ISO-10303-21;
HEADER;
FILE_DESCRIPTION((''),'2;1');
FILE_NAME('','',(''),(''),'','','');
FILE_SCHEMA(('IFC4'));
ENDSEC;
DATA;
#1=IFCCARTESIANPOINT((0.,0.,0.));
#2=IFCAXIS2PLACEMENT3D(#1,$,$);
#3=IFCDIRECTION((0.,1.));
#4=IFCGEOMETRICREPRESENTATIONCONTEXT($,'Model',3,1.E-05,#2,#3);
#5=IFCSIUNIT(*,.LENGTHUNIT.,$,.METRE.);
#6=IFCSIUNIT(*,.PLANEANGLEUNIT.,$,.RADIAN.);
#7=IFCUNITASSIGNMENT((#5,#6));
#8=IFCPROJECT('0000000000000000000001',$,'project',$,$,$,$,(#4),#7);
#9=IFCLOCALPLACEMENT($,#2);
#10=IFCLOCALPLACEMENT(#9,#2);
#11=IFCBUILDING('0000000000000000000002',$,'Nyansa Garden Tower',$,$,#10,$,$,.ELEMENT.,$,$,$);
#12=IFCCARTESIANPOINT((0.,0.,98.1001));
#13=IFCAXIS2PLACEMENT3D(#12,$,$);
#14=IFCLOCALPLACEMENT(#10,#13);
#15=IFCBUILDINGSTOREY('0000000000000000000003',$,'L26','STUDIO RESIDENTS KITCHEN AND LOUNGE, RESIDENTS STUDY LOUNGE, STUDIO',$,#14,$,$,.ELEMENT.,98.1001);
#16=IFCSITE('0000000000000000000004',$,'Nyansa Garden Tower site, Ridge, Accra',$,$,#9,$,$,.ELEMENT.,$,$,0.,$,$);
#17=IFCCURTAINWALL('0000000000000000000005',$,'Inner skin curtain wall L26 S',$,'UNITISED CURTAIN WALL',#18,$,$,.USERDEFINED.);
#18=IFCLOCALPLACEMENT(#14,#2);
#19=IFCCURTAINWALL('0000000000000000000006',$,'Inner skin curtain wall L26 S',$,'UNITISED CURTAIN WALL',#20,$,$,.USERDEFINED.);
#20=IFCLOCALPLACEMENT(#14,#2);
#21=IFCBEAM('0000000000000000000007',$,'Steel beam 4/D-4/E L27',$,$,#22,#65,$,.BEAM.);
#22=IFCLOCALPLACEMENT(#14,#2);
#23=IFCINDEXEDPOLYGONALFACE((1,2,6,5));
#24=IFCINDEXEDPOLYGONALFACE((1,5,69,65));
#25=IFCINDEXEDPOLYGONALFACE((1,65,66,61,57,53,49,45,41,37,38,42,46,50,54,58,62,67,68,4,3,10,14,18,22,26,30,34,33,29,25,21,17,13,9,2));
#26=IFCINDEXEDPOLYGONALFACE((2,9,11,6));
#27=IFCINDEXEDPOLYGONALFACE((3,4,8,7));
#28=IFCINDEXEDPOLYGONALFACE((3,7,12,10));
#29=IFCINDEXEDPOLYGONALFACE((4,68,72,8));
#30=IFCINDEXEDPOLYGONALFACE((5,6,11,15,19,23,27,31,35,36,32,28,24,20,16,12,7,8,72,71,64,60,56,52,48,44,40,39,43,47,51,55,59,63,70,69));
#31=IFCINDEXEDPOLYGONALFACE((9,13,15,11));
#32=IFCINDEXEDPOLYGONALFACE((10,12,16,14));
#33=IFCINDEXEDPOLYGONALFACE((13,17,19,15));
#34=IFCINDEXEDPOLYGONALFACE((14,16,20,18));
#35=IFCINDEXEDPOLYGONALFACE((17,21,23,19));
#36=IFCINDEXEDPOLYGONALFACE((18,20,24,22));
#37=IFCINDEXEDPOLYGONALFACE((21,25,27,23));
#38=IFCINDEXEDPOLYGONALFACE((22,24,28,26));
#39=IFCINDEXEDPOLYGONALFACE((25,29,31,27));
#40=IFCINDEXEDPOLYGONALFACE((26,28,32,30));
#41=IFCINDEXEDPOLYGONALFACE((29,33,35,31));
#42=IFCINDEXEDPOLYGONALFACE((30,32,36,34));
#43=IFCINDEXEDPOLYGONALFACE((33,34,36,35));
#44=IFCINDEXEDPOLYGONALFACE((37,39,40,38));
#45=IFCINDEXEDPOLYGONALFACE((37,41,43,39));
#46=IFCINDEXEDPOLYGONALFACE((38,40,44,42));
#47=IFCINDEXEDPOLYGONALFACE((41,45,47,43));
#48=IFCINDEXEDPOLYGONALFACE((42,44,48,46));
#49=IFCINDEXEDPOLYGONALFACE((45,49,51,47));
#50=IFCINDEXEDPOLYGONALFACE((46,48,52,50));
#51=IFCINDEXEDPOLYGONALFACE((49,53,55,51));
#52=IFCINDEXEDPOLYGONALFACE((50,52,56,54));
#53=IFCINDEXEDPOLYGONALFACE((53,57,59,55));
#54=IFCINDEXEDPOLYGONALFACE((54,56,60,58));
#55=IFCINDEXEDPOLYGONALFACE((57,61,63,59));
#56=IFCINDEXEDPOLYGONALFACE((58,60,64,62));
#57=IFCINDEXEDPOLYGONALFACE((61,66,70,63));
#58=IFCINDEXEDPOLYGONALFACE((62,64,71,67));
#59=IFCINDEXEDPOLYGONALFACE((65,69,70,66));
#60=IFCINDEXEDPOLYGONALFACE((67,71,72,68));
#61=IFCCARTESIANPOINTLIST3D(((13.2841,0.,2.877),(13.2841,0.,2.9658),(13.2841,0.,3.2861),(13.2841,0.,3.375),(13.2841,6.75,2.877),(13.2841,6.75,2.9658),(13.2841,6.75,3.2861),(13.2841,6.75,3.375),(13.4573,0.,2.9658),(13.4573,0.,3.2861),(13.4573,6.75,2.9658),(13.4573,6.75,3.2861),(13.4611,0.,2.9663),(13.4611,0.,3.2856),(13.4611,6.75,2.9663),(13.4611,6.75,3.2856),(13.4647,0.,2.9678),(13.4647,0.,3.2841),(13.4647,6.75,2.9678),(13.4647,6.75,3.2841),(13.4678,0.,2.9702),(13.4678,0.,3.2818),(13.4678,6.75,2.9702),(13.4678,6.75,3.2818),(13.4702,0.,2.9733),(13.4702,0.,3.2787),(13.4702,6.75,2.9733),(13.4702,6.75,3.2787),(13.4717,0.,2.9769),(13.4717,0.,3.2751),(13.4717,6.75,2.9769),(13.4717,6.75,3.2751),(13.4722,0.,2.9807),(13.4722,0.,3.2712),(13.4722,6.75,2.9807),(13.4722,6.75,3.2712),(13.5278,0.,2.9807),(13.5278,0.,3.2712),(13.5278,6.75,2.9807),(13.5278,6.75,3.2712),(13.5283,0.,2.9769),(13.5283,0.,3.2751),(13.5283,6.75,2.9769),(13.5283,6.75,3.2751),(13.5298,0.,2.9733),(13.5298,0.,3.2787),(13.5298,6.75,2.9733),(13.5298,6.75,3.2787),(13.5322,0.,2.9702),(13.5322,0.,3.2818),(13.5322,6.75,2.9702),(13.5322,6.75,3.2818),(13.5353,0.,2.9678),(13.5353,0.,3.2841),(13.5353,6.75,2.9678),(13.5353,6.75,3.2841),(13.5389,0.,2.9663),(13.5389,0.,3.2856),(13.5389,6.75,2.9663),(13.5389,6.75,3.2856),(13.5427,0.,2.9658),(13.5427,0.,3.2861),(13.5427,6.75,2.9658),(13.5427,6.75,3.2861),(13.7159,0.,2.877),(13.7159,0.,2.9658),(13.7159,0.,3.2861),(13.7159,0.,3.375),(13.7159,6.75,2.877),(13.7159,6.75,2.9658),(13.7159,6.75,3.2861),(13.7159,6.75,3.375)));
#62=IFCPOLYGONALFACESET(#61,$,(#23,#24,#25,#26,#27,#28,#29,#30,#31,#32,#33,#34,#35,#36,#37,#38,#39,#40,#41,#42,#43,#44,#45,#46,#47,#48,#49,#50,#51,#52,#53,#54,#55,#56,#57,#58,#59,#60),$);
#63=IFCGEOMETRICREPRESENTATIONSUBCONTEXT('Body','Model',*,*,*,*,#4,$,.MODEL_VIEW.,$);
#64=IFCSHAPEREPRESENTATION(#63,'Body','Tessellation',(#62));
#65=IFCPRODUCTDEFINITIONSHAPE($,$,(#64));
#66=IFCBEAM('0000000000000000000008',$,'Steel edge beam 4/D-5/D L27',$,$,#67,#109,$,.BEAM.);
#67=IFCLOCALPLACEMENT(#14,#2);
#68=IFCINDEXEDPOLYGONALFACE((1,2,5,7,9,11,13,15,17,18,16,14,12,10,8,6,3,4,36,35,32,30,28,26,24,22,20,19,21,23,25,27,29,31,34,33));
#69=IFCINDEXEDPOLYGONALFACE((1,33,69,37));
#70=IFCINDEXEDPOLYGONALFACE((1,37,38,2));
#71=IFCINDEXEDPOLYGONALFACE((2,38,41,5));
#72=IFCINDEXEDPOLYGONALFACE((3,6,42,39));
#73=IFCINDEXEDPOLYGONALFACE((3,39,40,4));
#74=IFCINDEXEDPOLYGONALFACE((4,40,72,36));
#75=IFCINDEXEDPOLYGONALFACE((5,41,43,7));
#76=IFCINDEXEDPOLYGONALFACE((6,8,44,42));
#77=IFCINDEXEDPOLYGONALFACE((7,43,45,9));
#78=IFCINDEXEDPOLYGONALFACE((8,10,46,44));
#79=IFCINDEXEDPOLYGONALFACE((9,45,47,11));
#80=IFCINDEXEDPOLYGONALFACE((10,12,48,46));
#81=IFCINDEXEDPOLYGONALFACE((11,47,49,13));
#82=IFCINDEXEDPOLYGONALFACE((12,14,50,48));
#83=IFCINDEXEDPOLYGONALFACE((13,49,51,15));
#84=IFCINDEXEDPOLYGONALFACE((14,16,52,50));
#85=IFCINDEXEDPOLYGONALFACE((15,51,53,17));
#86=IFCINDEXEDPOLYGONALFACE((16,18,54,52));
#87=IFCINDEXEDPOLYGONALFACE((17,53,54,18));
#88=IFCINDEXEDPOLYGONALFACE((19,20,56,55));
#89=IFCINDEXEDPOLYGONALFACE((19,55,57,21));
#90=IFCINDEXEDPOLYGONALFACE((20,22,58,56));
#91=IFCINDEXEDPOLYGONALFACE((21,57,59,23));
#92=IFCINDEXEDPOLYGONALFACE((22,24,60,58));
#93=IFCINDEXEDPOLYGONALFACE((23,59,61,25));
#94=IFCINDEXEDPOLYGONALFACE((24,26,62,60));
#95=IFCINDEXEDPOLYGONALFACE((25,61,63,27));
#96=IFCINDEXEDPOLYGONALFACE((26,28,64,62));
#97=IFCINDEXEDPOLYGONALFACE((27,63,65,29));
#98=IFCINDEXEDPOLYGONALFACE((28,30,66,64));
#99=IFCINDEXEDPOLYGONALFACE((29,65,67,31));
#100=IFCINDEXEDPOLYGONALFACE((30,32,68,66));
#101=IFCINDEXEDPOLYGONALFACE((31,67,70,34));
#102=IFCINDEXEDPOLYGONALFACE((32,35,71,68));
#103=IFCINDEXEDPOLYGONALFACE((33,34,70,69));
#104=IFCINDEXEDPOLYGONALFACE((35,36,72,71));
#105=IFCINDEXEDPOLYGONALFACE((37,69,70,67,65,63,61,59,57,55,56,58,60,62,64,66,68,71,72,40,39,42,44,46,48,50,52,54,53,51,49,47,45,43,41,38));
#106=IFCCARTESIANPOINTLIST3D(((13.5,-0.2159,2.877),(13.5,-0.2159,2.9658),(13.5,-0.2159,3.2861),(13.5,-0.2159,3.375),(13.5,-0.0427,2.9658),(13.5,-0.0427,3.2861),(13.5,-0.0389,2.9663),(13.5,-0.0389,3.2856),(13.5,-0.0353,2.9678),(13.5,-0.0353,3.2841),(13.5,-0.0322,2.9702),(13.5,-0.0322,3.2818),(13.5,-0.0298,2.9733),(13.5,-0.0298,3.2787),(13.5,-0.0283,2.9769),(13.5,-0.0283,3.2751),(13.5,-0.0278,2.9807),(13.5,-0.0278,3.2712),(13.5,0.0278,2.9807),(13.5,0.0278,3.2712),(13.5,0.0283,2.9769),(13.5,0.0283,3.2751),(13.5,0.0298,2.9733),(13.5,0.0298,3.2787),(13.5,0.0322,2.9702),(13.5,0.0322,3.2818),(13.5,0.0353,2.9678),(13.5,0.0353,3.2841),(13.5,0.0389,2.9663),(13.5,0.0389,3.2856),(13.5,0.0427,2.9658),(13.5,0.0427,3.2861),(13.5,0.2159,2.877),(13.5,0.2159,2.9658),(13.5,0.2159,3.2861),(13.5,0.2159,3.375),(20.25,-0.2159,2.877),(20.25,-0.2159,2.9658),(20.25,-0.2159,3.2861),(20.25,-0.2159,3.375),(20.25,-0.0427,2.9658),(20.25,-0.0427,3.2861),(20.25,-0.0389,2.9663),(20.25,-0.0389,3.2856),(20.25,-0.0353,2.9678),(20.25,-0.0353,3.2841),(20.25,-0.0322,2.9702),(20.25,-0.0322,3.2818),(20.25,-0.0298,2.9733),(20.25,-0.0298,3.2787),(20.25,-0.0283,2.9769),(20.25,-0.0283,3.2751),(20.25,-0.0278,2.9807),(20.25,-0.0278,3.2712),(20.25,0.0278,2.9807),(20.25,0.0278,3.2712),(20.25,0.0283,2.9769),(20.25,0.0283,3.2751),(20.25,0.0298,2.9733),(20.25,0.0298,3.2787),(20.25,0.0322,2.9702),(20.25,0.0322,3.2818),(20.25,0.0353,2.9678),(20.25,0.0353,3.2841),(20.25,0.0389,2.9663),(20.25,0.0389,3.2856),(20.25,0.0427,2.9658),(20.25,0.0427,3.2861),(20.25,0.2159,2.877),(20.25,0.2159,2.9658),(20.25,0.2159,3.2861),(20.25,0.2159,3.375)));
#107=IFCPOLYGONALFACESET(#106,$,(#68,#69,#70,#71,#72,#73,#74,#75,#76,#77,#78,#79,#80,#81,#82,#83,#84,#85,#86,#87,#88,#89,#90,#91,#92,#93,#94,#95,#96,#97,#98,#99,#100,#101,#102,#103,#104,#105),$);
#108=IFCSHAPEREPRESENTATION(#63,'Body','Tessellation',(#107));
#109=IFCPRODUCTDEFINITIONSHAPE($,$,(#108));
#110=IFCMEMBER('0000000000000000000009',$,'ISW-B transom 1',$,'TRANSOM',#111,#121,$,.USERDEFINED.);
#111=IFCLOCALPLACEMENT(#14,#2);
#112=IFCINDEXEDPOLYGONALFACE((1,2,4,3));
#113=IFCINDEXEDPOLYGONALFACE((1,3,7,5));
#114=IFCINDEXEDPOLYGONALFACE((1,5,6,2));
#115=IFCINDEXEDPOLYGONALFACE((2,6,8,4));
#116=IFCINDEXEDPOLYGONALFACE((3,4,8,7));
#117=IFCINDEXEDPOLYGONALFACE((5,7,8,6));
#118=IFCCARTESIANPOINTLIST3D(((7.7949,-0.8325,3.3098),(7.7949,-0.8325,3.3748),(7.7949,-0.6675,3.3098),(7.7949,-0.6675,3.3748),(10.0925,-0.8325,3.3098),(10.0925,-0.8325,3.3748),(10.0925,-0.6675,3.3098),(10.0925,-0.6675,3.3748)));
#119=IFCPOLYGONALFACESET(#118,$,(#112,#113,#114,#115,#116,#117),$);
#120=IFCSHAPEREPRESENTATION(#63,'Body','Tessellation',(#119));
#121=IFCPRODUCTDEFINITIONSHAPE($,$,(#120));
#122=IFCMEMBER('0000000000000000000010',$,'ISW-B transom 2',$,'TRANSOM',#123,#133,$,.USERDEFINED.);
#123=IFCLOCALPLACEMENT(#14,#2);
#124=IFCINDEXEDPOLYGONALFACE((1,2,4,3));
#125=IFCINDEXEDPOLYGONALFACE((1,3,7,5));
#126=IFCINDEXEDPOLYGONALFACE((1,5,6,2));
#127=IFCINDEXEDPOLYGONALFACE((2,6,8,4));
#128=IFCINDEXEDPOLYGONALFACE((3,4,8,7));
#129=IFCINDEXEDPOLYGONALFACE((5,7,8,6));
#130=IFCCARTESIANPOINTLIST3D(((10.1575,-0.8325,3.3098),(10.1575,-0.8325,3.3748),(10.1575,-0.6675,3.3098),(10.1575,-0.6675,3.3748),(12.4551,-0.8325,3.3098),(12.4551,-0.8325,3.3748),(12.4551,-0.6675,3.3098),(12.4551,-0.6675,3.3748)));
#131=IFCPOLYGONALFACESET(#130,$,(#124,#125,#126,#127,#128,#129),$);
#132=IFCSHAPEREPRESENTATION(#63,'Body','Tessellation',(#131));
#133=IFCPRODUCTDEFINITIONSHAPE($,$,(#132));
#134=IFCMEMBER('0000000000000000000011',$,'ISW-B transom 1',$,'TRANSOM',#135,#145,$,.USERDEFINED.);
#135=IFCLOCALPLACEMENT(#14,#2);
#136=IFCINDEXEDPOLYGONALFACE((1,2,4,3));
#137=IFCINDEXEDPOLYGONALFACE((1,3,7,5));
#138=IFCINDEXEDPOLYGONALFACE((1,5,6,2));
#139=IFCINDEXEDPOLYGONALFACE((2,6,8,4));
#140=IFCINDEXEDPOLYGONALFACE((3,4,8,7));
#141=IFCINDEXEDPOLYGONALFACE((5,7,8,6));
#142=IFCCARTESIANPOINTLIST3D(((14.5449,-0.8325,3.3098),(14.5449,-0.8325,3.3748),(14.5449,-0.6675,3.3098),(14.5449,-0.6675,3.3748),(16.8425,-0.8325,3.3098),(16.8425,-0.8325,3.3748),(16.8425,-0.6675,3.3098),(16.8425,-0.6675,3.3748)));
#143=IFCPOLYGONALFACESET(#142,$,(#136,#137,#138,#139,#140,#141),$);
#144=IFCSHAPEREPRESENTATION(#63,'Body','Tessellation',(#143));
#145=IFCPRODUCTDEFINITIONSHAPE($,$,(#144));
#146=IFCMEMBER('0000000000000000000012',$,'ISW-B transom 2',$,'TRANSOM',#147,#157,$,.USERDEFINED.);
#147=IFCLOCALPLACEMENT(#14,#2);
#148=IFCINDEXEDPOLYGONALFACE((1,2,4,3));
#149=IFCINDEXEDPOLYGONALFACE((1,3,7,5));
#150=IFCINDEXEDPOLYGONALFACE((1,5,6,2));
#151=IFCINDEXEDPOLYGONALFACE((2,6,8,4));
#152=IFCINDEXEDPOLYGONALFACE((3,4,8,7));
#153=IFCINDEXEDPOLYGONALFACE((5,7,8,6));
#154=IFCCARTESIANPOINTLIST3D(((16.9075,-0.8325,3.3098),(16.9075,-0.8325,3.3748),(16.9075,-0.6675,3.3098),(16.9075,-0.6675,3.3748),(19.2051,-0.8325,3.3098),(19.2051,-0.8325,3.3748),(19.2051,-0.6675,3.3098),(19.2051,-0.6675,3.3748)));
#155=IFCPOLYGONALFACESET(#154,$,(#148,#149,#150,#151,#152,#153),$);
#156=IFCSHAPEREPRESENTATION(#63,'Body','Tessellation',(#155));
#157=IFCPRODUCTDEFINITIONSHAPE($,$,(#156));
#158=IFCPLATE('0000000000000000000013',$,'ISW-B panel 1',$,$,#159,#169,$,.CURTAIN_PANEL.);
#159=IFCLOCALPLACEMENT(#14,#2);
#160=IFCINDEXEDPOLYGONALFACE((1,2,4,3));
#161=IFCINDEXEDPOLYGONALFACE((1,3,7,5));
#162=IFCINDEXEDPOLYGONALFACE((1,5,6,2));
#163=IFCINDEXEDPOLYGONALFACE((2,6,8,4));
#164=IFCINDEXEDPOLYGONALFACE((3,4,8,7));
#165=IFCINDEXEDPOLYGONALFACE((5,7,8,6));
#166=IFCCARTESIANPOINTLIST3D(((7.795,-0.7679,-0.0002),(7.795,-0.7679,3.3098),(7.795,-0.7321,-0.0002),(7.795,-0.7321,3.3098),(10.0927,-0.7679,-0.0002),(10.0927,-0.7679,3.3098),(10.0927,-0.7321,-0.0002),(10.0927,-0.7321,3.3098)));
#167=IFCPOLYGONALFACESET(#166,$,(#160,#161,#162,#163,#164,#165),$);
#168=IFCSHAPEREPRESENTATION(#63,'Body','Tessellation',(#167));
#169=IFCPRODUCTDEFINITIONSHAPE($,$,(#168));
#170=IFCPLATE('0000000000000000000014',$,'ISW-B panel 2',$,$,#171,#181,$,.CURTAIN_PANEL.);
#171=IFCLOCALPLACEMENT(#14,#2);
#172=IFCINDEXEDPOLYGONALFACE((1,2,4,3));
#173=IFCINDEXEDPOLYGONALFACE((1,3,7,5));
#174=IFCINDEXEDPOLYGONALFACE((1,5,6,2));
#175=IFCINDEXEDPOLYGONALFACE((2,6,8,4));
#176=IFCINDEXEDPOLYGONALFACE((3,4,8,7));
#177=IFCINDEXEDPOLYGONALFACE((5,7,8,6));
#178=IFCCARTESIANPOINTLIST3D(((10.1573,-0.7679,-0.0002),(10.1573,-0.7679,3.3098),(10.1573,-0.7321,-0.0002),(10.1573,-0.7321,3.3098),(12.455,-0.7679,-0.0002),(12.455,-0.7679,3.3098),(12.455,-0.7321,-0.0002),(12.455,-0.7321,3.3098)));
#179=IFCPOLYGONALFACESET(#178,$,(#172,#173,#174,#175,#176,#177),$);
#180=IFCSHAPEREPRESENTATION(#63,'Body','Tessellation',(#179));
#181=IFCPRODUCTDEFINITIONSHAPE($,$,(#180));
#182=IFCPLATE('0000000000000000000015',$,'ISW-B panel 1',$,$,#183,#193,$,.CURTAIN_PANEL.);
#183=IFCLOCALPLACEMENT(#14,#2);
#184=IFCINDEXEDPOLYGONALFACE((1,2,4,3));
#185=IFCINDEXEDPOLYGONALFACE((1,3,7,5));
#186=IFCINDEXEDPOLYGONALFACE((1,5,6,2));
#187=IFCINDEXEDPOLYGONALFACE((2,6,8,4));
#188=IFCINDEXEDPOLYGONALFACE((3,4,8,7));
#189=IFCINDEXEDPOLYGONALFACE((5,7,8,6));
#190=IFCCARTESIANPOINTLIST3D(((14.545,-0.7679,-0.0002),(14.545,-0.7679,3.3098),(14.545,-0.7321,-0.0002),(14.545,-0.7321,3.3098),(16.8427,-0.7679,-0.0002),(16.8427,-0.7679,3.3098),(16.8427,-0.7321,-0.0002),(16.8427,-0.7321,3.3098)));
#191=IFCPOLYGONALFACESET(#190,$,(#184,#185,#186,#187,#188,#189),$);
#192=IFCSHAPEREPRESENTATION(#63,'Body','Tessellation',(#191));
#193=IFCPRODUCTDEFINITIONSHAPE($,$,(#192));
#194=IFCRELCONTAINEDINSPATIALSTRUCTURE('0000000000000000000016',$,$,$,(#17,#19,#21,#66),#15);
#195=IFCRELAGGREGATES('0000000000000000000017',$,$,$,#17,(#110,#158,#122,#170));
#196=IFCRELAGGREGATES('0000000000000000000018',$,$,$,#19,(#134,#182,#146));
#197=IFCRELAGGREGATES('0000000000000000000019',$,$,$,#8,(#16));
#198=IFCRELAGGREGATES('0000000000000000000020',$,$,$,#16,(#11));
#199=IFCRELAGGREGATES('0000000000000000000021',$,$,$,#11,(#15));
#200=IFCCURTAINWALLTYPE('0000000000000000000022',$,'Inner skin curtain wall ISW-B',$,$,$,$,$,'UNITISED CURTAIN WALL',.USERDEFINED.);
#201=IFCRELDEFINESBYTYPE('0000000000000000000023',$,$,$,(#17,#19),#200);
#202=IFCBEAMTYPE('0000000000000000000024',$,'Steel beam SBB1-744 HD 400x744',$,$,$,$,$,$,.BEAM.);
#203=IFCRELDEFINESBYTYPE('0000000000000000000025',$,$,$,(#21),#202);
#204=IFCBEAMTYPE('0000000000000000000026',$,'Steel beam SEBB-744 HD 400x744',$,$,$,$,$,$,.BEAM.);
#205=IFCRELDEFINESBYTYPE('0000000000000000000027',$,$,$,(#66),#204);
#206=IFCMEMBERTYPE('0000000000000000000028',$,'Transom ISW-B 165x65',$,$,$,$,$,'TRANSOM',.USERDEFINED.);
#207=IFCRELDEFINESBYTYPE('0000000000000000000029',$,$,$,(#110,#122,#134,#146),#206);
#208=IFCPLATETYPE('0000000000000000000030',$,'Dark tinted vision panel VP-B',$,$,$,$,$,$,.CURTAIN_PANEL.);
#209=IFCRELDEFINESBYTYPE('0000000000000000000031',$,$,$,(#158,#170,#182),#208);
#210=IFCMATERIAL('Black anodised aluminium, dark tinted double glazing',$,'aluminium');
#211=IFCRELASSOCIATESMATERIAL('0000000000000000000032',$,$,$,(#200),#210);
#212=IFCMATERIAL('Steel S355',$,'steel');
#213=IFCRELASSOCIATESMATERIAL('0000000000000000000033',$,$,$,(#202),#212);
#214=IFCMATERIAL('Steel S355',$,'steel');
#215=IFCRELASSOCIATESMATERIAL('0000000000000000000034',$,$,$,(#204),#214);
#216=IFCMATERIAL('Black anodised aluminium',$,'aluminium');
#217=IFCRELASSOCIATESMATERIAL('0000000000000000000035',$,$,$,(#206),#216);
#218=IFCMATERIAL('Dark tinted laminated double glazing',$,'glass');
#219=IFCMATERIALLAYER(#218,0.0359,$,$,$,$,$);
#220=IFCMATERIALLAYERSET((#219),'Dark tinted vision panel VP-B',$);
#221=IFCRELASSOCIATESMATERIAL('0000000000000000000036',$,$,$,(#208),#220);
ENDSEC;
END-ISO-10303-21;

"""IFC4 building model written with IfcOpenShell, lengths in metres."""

from ifc_helpers import new_model, si_unit, direction, frame, origin, origin_2d, place, context, subcontext, project, spatial, rectangle, i_section, extrude, material, layer, layer_set, material_profile, profile_set, type_object, element, aggregate, save


model = new_model("IFC4")

# Units and contexts
model_context = context("Model", 3, precision=1e-05, world=origin(), true_north=direction((0.0, 1.0)))
body_context = subcontext(model_context, "Body", "Model", "MODEL_VIEW")
ifc_project = project(units=[si_unit("LENGTHUNIT", "METRE"), si_unit("PLANEANGLEUNIT", "RADIAN")], contexts=[model_context])

# Site, building, storey
site_placement = place(None, origin())
site = spatial("IfcSite", under=ifc_project, at=site_placement, Name="Nyansa Garden Tower site, Ridge, Accra", CompositionType="ELEMENT", RefElevation=0.0)
building_placement = place(site_placement, origin())
building = spatial("IfcBuilding", under=site, at=building_placement, Name="Nyansa Garden Tower", CompositionType="ELEMENT")
storey_placement = place(building_placement, frame((0.0, 0.0, 98.1001)))
storey = spatial("IfcBuildingStorey", under=building, at=storey_placement, Name="L26", Description="STUDIO RESIDENTS KITCHEN AND LOUNGE, RESIDENTS STUDY LOUNGE, STUDIO", CompositionType="ELEMENT", Elevation=98.1001)

# Curtain walls
ifc_material_1 = material(Name="Black anodised aluminium, dark tinted double glazing", Category="aluminium")
curtain_wall_type = type_object("IfcCurtainWallType", Name="Inner skin curtain wall ISW-B", ElementType="UNITISED CURTAIN WALL", PredefinedType="USERDEFINED", material=ifc_material_1)
curtain_wall_1_placement = place(storey_placement, origin())
curtain_wall_1 = element("IfcCurtainWall", 1, at=curtain_wall_1_placement, inside=storey, type_object=curtain_wall_type, Name="Inner skin curtain wall L26 S", ObjectType="UNITISED CURTAIN WALL", PredefinedType="USERDEFINED")
curtain_wall_2_placement = place(storey_placement, origin())
curtain_wall_2 = element("IfcCurtainWall", 2, at=curtain_wall_2_placement, inside=storey, type_object=curtain_wall_type, Name="Inner skin curtain wall L26 S", ObjectType="UNITISED CURTAIN WALL", PredefinedType="USERDEFINED")

# Beams
ifc_material_2 = material(Name="Steel S355", Category="steel")
ifc_material_profile_1 = material_profile(ifc_material_2, i_section(OverallWidth=0.4319, OverallDepth=0.498, WebThickness=0.0557, FlangeThickness=0.0889, FilletRadius=0.0149, at=origin_2d()), Name="HD 400x744")
ifc_profile_set_1 = profile_set([ifc_material_profile_1], Name="Steel S355")
beam_type_1 = type_object("IfcBeamType", Name="Steel beam SBB1-744 HD 400x744", PredefinedType="BEAM", material=ifc_profile_set_1)
beam_1_placement = place(storey_placement, frame((13.5, 0.0, 3.126), z_axis=(0.0, 1.0, 0.0), x_axis=(-1.0, 0.0, 0.0)))
element("IfcBeam", 3, at=beam_1_placement, inside=storey, type_object=beam_type_1, Name="Steel beam 4/D-4/E L27", PredefinedType="BEAM", context=body_context, shape_type="SweptSolid", body=[
    extrude(i_section(OverallWidth=0.4319, OverallDepth=0.498, WebThickness=0.0557, FlangeThickness=0.0889, FilletRadius=0.0149, at=origin_2d()), origin(), (0.0, 0.0, 1.0), 6.75),
])
ifc_material_3 = material(Name="Steel S355", Category="steel")
ifc_material_profile_2 = material_profile(ifc_material_3, i_section(OverallWidth=0.4319, OverallDepth=0.498, WebThickness=0.0557, FlangeThickness=0.0889, FilletRadius=0.0149, at=origin_2d()), Name="HD 400x744")
ifc_profile_set_2 = profile_set([ifc_material_profile_2], Name="Steel S355")
beam_type_2 = type_object("IfcBeamType", Name="Steel beam SEBB-744 HD 400x744", PredefinedType="BEAM", material=ifc_profile_set_2)
beam_2_placement = place(storey_placement, frame((13.5, 0.0, 3.126), z_axis=(1.0, 0.0, 0.0), x_axis=(0.0, 1.0, 0.0)))
element("IfcBeam", 4, at=beam_2_placement, inside=storey, type_object=beam_type_2, Name="Steel edge beam 4/D-5/D L27", PredefinedType="BEAM", context=body_context, shape_type="SweptSolid", body=[
    extrude(i_section(OverallWidth=0.4319, OverallDepth=0.498, WebThickness=0.0557, FlangeThickness=0.0889, FilletRadius=0.0149, at=origin_2d()), origin(), (0.0, 0.0, 1.0), 6.75),
])

# Members
ifc_material_4 = material(Name="Black anodised aluminium", Category="aluminium")
ifc_material_profile_3 = material_profile(ifc_material_4, rectangle(XDim=0.165, YDim=0.0649, at=origin_2d()), Name="Transom 165x65")
ifc_profile_set_3 = profile_set([ifc_material_profile_3], Name="Black anodised aluminium")
member_type_1 = type_object("IfcMemberType", Name="Transom ISW-B 165x65", ElementType="TRANSOM", PredefinedType="USERDEFINED", material=ifc_profile_set_3)
member_1_placement = place(storey_placement, frame((7.7949, -0.75, 3.3423), z_axis=(1.0, 0.0, 0.0), x_axis=(0.0, 1.0, 0.0)))
member_1 = element("IfcMember", 5, at=member_1_placement, type_object=member_type_1, Name="ISW-B transom 1", ObjectType="TRANSOM", PredefinedType="USERDEFINED", context=body_context, shape_type="SweptSolid", body=[
    extrude(rectangle(XDim=0.165, YDim=0.0649, at=origin_2d()), origin(), (0.0, 0.0, 1.0), 2.2976),
])
member_2_placement = place(storey_placement, frame((10.1575, -0.75, 3.3423), z_axis=(1.0, 0.0, 0.0), x_axis=(0.0, 1.0, 0.0)))
member_2 = element("IfcMember", 6, at=member_2_placement, type_object=member_type_1, Name="ISW-B transom 2", ObjectType="TRANSOM", PredefinedType="USERDEFINED", context=body_context, shape_type="SweptSolid", body=[
    extrude(rectangle(XDim=0.165, YDim=0.0649, at=origin_2d()), origin(), (0.0, 0.0, 1.0), 2.2976),
])
member_3_placement = place(storey_placement, frame((14.5449, -0.75, 3.3423), z_axis=(1.0, 0.0, 0.0), x_axis=(0.0, 1.0, 0.0)))
member_3 = element("IfcMember", 7, at=member_3_placement, type_object=member_type_1, Name="ISW-B transom 1", ObjectType="TRANSOM", PredefinedType="USERDEFINED", context=body_context, shape_type="SweptSolid", body=[
    extrude(rectangle(XDim=0.165, YDim=0.0649, at=origin_2d()), origin(), (0.0, 0.0, 1.0), 2.2976),
])
member_4_placement = place(storey_placement, frame((16.9075, -0.75, 3.3423), z_axis=(1.0, 0.0, 0.0), x_axis=(0.0, 1.0, 0.0)))
member_4 = element("IfcMember", 8, at=member_4_placement, type_object=member_type_1, Name="ISW-B transom 2", ObjectType="TRANSOM", PredefinedType="USERDEFINED", context=body_context, shape_type="SweptSolid", body=[
    extrude(rectangle(XDim=0.165, YDim=0.0649, at=origin_2d()), origin(), (0.0, 0.0, 1.0), 2.2976),
])

# Plates
ifc_material_5 = material(Name="Dark tinted laminated double glazing", Category="glass")
ifc_layer_1 = layer(ifc_material_5, 0.0359)
ifc_layer_set_1 = layer_set([ifc_layer_1], Name="Dark tinted vision panel VP-B")
plate_type_1 = type_object("IfcPlateType", Name="Dark tinted vision panel VP-B", PredefinedType="CURTAIN_PANEL", material=ifc_layer_set_1)
plate_1_placement = place(storey_placement, frame((8.9438, -0.75, -0.0002), z_axis=(0.0, 0.0, 1.0), x_axis=(1.0, 0.0, 0.0)))
plate_1 = element("IfcPlate", 9, at=plate_1_placement, type_object=plate_type_1, Name="ISW-B panel 1", PredefinedType="CURTAIN_PANEL", context=body_context, shape_type="SweptSolid", body=[
    extrude(rectangle(XDim=2.2976, YDim=0.0359, at=origin_2d()), origin(), (0.0, 0.0, 1.0), 3.3101),
])
plate_2_placement = place(storey_placement, frame((11.3062, -0.75, -0.0002), z_axis=(0.0, 0.0, 1.0), x_axis=(1.0, 0.0, 0.0)))
plate_2 = element("IfcPlate", 10, at=plate_2_placement, type_object=plate_type_1, Name="ISW-B panel 2", PredefinedType="CURTAIN_PANEL", context=body_context, shape_type="SweptSolid", body=[
    extrude(rectangle(XDim=2.2976, YDim=0.0359, at=origin_2d()), origin(), (0.0, 0.0, 1.0), 3.3101),
])
aggregate(curtain_wall_1, [member_1, plate_1, member_2, plate_2])
plate_3_placement = place(storey_placement, frame((15.6938, -0.75, -0.0002), z_axis=(0.0, 0.0, 1.0), x_axis=(1.0, 0.0, 0.0)))
plate_3 = element("IfcPlate", 11, at=plate_3_placement, type_object=plate_type_1, Name="ISW-B panel 1", PredefinedType="CURTAIN_PANEL", context=body_context, shape_type="SweptSolid", body=[
    extrude(rectangle(XDim=2.2976, YDim=0.0359, at=origin_2d()), origin(), (0.0, 0.0, 1.0), 3.3101),
])
aggregate(curtain_wall_2, [member_3, plate_3, member_4])

save(model, "model.ifc")
